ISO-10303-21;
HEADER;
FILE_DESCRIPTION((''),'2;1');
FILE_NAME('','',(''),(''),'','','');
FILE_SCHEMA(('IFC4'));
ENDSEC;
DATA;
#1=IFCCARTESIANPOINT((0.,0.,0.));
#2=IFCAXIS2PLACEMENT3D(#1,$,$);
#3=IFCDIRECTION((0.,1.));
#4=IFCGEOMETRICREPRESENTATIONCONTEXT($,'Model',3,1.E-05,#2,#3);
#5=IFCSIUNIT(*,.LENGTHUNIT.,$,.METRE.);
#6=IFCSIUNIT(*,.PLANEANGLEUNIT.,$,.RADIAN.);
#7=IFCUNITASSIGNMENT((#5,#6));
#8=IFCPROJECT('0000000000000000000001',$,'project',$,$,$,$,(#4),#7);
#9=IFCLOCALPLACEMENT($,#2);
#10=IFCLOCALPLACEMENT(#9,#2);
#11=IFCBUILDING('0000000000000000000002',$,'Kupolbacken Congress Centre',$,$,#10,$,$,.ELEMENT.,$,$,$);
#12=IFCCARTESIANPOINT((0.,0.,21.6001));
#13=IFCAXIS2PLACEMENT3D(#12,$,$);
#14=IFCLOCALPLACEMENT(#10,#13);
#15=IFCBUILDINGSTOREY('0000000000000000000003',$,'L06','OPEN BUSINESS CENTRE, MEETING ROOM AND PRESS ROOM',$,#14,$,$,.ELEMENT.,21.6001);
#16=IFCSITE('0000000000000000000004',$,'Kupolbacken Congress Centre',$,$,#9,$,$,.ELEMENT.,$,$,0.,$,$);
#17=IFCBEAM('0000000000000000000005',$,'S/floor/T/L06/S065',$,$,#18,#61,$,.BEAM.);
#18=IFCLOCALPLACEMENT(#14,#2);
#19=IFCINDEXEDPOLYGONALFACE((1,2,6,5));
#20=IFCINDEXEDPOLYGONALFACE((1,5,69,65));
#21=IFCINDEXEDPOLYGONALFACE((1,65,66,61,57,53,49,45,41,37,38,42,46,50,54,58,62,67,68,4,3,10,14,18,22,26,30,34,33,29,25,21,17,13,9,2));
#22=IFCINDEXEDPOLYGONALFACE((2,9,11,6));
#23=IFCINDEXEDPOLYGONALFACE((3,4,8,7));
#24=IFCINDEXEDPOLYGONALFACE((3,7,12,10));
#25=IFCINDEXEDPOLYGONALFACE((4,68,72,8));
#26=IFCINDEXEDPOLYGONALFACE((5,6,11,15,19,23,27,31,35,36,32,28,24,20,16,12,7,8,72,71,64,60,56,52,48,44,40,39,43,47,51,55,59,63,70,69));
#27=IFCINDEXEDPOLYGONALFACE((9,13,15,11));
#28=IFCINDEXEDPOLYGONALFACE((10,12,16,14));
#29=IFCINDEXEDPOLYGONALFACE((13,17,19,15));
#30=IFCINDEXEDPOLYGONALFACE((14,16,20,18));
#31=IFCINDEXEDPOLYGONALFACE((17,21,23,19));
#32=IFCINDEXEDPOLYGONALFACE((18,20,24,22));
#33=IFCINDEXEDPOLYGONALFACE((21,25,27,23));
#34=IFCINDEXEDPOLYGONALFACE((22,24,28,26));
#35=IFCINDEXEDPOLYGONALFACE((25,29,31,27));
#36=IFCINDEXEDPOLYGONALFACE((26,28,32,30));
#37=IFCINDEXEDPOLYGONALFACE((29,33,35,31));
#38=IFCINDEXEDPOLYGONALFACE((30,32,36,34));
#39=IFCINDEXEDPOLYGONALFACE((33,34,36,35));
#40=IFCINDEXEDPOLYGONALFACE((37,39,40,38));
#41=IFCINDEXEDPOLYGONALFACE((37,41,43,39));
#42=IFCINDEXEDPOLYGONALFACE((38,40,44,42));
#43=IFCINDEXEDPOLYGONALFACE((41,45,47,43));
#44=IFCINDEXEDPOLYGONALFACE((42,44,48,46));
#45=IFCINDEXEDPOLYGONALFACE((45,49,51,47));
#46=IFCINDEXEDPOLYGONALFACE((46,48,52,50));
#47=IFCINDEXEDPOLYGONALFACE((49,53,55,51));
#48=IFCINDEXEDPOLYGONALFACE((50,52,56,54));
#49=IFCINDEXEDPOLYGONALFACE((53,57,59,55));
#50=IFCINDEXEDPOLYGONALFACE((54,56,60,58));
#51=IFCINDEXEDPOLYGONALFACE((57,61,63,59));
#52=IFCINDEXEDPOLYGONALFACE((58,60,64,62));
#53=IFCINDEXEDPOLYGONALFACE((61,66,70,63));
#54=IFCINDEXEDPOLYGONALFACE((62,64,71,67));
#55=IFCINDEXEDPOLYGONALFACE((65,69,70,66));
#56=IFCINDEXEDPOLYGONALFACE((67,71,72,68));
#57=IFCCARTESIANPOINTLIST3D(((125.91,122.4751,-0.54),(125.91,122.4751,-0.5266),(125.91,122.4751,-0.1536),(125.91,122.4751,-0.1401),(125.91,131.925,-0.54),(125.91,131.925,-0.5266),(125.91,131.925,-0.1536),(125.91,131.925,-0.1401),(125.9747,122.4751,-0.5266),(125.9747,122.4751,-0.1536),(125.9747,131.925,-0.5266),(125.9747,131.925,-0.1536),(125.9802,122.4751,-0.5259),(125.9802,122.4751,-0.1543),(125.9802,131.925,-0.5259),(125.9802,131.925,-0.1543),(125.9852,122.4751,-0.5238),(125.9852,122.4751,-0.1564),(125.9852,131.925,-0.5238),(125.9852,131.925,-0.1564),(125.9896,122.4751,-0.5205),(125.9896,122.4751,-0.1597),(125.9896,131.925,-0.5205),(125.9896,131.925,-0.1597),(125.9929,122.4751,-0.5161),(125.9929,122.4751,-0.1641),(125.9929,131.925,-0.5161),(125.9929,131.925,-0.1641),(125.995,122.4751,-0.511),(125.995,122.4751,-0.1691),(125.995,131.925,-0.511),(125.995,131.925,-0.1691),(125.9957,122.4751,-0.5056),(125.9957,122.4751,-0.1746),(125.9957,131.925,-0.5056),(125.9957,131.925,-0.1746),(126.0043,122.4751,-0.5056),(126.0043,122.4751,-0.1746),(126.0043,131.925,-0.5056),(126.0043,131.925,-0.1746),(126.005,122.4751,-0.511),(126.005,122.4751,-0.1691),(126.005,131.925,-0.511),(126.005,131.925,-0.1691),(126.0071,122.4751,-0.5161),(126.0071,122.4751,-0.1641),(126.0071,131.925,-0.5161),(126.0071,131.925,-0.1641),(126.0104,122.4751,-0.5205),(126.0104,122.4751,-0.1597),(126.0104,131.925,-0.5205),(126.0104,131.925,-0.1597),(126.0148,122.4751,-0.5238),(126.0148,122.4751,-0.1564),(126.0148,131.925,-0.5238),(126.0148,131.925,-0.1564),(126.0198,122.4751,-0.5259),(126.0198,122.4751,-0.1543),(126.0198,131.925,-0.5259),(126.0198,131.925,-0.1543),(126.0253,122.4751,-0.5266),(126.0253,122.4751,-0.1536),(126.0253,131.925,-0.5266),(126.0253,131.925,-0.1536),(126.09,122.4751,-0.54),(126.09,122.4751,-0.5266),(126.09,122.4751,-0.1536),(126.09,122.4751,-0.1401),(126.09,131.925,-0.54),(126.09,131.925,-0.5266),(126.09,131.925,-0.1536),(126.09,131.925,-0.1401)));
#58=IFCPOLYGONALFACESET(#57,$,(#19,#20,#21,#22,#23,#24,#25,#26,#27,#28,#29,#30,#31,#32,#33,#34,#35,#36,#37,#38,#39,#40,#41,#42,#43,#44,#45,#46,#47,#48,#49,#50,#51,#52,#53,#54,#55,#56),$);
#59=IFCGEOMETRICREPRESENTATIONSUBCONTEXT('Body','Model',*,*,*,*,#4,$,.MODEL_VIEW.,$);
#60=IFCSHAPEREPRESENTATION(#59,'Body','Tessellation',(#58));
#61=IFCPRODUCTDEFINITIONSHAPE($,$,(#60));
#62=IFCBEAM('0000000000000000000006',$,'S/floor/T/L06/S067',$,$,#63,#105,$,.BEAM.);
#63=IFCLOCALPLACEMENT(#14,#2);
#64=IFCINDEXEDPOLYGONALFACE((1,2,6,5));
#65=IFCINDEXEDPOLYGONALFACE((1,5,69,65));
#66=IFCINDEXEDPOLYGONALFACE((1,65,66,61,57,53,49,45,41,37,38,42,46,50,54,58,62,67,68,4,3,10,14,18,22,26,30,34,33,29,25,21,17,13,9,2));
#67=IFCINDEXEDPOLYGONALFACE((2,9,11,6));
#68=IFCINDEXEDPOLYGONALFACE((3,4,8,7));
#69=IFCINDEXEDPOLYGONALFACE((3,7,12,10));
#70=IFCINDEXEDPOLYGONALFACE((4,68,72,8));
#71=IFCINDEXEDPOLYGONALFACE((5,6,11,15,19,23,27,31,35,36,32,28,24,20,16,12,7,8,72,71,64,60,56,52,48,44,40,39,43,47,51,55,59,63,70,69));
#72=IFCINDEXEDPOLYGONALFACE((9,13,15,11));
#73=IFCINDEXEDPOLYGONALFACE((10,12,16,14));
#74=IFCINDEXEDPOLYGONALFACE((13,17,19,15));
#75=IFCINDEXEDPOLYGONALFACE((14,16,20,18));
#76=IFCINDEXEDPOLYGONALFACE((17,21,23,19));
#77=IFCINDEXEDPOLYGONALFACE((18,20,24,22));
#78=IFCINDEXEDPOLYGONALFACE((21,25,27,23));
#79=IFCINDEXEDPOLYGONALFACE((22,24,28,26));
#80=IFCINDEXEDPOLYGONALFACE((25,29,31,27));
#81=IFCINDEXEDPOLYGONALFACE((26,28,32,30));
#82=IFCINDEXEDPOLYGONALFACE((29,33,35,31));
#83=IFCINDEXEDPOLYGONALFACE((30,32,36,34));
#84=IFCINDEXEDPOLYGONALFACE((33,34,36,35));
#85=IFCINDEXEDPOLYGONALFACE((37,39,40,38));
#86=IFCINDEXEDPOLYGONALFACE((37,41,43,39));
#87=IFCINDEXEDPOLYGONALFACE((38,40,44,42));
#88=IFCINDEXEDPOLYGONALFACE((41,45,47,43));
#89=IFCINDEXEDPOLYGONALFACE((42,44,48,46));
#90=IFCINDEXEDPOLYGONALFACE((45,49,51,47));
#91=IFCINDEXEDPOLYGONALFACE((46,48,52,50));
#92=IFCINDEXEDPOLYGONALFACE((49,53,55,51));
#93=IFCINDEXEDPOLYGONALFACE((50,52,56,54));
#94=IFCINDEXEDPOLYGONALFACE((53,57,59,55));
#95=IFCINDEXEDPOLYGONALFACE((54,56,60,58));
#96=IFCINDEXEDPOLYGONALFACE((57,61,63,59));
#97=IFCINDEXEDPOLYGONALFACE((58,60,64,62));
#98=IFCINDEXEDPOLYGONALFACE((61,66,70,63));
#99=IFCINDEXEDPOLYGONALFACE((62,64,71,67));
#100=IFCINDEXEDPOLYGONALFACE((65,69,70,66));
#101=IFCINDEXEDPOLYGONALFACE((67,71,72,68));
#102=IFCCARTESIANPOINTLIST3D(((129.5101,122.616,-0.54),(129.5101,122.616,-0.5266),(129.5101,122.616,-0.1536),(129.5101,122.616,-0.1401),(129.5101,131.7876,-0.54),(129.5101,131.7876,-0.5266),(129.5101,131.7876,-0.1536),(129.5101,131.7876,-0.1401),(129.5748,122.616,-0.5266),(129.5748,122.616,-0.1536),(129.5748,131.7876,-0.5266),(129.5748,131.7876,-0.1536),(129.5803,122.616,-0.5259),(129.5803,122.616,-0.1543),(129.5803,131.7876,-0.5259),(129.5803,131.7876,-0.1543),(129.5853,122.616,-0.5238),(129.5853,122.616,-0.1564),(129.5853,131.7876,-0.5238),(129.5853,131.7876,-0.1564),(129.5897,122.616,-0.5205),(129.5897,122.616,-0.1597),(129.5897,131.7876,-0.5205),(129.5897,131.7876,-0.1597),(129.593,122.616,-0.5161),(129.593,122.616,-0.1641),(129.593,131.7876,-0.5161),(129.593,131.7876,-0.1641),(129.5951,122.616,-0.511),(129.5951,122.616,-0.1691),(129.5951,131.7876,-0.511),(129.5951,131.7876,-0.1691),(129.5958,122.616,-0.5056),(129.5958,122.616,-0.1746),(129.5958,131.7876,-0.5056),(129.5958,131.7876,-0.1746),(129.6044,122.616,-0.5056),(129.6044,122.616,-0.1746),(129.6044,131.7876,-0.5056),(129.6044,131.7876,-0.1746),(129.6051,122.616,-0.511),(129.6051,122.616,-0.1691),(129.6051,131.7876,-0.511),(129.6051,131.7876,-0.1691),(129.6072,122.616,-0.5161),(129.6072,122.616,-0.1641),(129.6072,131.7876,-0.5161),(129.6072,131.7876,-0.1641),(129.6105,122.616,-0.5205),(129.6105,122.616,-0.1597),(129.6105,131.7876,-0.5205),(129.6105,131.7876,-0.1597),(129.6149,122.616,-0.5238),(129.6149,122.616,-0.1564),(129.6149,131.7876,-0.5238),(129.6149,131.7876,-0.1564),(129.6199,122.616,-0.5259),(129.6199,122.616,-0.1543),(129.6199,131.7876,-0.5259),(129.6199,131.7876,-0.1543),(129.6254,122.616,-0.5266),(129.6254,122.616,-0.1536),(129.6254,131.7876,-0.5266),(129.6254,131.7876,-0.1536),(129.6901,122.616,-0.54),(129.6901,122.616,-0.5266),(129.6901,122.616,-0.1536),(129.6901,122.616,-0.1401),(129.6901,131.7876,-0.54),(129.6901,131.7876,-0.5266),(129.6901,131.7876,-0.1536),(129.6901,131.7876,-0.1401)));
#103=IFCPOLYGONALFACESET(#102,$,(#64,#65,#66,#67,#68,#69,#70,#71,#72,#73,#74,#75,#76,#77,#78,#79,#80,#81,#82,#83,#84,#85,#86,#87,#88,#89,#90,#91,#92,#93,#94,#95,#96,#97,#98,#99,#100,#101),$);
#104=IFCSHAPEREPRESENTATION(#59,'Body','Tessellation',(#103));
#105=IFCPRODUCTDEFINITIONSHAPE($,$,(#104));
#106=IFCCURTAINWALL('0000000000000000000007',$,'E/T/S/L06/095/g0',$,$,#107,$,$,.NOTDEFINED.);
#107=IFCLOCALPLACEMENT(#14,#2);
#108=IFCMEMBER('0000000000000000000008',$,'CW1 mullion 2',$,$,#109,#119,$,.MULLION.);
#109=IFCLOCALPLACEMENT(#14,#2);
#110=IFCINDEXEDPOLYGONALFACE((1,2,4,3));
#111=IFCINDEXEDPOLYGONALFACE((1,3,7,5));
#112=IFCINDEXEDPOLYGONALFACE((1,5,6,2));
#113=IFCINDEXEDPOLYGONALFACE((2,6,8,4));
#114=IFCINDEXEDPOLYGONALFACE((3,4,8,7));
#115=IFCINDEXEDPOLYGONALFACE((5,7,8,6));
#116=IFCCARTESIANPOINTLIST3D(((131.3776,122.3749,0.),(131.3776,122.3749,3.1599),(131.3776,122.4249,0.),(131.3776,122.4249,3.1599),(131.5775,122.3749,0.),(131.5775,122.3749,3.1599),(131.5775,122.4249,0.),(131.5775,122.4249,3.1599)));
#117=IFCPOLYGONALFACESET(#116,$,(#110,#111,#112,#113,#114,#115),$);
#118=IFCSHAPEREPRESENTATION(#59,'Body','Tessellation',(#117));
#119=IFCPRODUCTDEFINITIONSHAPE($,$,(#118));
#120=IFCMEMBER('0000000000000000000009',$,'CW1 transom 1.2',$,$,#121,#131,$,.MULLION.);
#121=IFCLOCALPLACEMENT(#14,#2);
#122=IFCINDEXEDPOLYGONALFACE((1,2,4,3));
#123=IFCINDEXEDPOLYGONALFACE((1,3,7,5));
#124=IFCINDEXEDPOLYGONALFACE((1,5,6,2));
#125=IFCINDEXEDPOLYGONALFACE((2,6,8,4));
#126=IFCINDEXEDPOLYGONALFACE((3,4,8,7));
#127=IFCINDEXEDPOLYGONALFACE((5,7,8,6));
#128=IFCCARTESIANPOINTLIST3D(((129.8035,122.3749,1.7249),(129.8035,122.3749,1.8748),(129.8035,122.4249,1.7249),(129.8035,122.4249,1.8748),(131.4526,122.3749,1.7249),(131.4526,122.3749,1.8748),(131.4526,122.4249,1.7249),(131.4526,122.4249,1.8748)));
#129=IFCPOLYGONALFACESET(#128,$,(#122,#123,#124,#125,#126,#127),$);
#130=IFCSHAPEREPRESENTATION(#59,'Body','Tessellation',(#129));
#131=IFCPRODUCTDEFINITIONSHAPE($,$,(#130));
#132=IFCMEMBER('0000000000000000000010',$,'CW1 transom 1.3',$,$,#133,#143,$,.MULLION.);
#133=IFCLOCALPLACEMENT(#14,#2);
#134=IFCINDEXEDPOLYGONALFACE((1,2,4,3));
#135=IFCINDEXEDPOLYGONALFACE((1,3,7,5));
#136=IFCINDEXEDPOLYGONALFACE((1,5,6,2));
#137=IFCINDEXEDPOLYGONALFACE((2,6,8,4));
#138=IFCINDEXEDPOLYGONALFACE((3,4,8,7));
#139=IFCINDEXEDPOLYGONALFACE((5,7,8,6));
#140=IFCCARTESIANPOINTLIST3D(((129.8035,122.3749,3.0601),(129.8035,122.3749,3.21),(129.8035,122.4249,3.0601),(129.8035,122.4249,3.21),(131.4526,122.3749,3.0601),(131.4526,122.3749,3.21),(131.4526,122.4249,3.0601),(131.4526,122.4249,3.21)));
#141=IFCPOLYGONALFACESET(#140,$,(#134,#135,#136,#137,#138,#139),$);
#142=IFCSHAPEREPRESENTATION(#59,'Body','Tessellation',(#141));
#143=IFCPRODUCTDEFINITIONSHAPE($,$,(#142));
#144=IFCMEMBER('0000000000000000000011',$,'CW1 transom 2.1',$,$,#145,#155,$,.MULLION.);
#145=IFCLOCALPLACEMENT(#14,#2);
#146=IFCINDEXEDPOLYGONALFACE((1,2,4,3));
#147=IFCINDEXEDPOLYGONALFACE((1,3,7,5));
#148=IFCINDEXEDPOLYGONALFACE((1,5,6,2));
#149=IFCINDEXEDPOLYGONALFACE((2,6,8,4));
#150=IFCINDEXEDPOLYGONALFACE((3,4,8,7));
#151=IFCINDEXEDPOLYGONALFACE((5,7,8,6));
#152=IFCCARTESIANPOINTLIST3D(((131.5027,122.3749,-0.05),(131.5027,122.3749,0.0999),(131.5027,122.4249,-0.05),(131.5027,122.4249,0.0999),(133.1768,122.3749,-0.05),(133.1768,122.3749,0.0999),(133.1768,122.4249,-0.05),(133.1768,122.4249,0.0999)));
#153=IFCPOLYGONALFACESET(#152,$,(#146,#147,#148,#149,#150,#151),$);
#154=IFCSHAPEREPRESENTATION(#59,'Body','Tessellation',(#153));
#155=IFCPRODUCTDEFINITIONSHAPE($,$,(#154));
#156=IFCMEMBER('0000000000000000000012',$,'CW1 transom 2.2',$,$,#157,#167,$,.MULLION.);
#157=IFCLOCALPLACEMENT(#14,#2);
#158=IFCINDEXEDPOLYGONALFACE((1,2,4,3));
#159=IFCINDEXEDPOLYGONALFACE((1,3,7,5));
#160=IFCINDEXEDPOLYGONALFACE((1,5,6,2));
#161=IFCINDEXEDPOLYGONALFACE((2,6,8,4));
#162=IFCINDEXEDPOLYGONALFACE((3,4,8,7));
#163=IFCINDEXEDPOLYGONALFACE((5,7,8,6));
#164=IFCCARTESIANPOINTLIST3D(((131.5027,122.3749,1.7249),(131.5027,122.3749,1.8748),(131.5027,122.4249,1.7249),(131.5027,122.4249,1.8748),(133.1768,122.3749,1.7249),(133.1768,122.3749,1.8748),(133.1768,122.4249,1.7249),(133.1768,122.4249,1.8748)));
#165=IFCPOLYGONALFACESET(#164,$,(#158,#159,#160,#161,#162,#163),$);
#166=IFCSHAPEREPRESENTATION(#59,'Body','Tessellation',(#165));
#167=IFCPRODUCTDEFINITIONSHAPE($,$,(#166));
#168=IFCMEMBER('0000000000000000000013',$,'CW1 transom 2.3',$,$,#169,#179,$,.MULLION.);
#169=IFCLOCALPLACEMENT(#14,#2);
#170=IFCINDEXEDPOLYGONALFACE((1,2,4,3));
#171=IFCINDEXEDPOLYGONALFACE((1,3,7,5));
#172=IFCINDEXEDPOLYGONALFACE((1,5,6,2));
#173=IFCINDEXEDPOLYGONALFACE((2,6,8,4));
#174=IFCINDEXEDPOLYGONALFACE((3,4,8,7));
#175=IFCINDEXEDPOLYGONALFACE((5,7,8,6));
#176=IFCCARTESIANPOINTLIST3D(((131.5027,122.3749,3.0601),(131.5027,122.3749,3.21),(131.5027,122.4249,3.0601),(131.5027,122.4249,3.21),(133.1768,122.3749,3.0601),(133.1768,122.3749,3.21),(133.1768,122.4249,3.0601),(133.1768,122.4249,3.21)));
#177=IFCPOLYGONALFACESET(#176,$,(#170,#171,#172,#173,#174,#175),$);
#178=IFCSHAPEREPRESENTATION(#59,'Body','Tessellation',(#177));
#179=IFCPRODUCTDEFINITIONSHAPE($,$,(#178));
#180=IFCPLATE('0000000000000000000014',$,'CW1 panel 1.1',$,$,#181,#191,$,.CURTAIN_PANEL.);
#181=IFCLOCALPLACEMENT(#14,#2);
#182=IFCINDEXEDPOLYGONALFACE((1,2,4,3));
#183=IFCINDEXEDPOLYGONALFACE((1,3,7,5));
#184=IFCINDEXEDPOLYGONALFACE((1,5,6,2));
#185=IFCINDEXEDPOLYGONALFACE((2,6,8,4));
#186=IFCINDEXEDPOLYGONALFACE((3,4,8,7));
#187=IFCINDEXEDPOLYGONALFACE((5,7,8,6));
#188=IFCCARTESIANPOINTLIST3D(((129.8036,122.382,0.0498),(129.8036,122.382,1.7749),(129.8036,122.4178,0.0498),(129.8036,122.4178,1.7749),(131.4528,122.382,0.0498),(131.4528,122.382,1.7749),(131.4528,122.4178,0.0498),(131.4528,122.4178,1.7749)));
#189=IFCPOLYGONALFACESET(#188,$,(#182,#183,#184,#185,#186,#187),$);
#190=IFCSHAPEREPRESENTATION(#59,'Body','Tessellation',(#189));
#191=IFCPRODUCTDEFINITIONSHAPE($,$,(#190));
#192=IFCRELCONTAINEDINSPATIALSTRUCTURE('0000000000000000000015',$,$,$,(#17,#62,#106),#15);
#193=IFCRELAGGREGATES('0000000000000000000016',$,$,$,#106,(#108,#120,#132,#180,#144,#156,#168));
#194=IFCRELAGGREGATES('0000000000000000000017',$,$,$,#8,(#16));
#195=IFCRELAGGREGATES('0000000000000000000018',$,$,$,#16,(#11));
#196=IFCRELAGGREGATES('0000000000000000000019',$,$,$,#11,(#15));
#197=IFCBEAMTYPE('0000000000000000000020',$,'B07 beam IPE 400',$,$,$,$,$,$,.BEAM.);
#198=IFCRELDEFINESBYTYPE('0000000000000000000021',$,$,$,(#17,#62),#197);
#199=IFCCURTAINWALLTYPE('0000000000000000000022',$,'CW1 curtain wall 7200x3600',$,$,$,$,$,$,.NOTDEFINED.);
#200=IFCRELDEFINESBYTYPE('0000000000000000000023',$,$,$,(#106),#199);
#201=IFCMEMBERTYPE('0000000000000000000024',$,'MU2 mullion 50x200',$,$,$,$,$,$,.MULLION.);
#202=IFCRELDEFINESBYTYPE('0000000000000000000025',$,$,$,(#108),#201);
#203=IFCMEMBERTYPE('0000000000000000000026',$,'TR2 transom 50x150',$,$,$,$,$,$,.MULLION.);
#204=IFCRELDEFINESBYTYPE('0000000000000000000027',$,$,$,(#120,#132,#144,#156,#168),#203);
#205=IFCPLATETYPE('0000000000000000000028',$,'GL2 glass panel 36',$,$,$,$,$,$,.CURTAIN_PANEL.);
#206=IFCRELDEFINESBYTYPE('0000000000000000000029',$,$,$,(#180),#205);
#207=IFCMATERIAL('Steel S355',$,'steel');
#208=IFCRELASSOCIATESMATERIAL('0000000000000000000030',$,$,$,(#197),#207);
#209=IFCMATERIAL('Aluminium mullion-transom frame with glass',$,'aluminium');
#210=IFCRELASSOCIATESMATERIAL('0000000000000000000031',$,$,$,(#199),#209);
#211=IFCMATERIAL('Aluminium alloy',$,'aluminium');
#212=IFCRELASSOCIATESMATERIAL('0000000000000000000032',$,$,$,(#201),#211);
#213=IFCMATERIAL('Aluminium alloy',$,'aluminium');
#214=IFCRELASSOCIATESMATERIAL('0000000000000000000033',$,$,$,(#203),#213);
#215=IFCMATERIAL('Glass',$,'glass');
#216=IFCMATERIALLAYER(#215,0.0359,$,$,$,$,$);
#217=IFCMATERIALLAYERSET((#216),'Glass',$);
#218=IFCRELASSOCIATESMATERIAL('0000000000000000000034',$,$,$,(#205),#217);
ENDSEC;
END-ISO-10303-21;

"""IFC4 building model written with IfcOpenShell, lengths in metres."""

from ifc_helpers import new_model, si_unit, direction, frame, origin, origin_2d, place, context, subcontext, project, spatial, rectangle, i_section, extrude, material, layer, layer_set, material_profile, profile_set, type_object, element, aggregate, save


model = new_model("IFC4")

# Units and contexts
model_context = context("Model", 3, precision=1e-05, world=origin(), true_north=direction((0.0, 1.0)))
body_context = subcontext(model_context, "Body", "Model", "MODEL_VIEW")
ifc_project = project(units=[si_unit("LENGTHUNIT", "METRE"), si_unit("PLANEANGLEUNIT", "RADIAN")], contexts=[model_context])

# Site, building, storey
site_placement = place(None, origin())
site = spatial("IfcSite", under=ifc_project, at=site_placement, Name="Kupolbacken Congress Centre", CompositionType="ELEMENT", RefElevation=0.0)
building_placement = place(site_placement, origin())
building = spatial("IfcBuilding", under=site, at=building_placement, Name="Kupolbacken Congress Centre", CompositionType="ELEMENT")
storey_placement = place(building_placement, frame((0.0, 0.0, 21.6001)))
storey = spatial("IfcBuildingStorey", under=building, at=storey_placement, Name="L06", Description="OPEN BUSINESS CENTRE, MEETING ROOM AND PRESS ROOM", CompositionType="ELEMENT", Elevation=21.6001)

# Beams
ifc_material_1 = material(Name="Steel S355", Category="steel")
ifc_material_profile_1 = material_profile(ifc_material_1, i_section(OverallWidth=0.1799, OverallDepth=0.3999, WebThickness=0.0085, FlangeThickness=0.0134, FilletRadius=0.021, at=origin_2d()), Name="IPE 400")
ifc_profile_set_1 = profile_set([ifc_material_profile_1], Name="Steel S355")
beam_type_1 = type_object("IfcBeamType", Name="B07 beam IPE 400", PredefinedType="BEAM", material=ifc_profile_set_1)
beam_1_placement = place(storey_placement, frame((126.0, 122.4751, -0.3401), z_axis=(0.0, 1.0, 0.0), x_axis=(-1.0, 0.0, 0.0)))
element("IfcBeam", 1, at=beam_1_placement, inside=storey, type_object=beam_type_1, Name="S/floor/T/L06/S065", PredefinedType="BEAM", context=body_context, shape_type="SweptSolid", body=[
    extrude(i_section(OverallWidth=0.1799, OverallDepth=0.3999, WebThickness=0.0085, FlangeThickness=0.0134, FilletRadius=0.021, at=origin_2d()), origin(), (0.0, 0.0, 1.0), 9.45),
])
beam_2_placement = place(storey_placement, frame((129.6001, 122.616, -0.3401), z_axis=(0.0, 1.0, 0.0), x_axis=(-1.0, 0.0, 0.0)))
element("IfcBeam", 2, at=beam_2_placement, inside=storey, type_object=beam_type_1, Name="S/floor/T/L06/S067", PredefinedType="BEAM", context=body_context, shape_type="SweptSolid", body=[
    extrude(i_section(OverallWidth=0.1799, OverallDepth=0.3999, WebThickness=0.0085, FlangeThickness=0.0134, FilletRadius=0.021, at=origin_2d()), origin(), (0.0, 0.0, 1.0), 9.1716),
])

# Curtain wall, members, plate
ifc_material_2 = material(Name="Aluminium mullion-transom frame with glass", Category="aluminium")
curtain_wall_type = type_object("IfcCurtainWallType", Name="CW1 curtain wall 7200x3600", PredefinedType="NOTDEFINED", material=ifc_material_2)
curtain_wall_placement = place(storey_placement, origin())
curtain_wall = element("IfcCurtainWall", 3, at=curtain_wall_placement, inside=storey, type_object=curtain_wall_type, Name="E/T/S/L06/095/g0", PredefinedType="NOTDEFINED")
ifc_material_3 = material(Name="Aluminium alloy", Category="aluminium")
ifc_material_profile_2 = material_profile(ifc_material_3, rectangle(XDim=0.05, YDim=0.2, at=origin_2d()), Name="50 x 200")
ifc_profile_set_2 = profile_set([ifc_material_profile_2], Name="Aluminium alloy")
member_type_1 = type_object("IfcMemberType", Name="MU2 mullion 50x200", PredefinedType="MULLION", material=ifc_profile_set_2)
member_1_placement = place(storey_placement, frame((131.4775, 122.3999, 0.0), z_axis=(0.0, 0.0, 1.0), x_axis=(0.0, 1.0, 0.0)))
member_1 = element("IfcMember", 4, at=member_1_placement, type_object=member_type_1, Name="CW1 mullion 2", PredefinedType="MULLION", context=body_context, shape_type="SweptSolid", body=[
    extrude(rectangle(XDim=0.05, YDim=0.2, at=origin_2d()), origin(), (0.0, 0.0, 1.0), 3.1599),
])
ifc_material_4 = material(Name="Aluminium alloy", Category="aluminium")
ifc_material_profile_3 = material_profile(ifc_material_4, rectangle(XDim=0.05, YDim=0.1499, at=origin_2d()), Name="50 x 150")
ifc_profile_set_3 = profile_set([ifc_material_profile_3], Name="Aluminium alloy")
member_type_2 = type_object("IfcMemberType", Name="TR2 transom 50x150", PredefinedType="MULLION", material=ifc_profile_set_3)
member_2_placement = place(storey_placement, frame((129.8035, 122.3999, 1.7998), z_axis=(1.0, 0.0, 0.0), x_axis=(0.0, 1.0, 0.0)))
member_2 = element("IfcMember", 5, at=member_2_placement, type_object=member_type_2, Name="CW1 transom 1.2", PredefinedType="MULLION", context=body_context, shape_type="SweptSolid", body=[
    extrude(rectangle(XDim=0.05, YDim=0.1499, at=origin_2d()), origin(), (0.0, 0.0, 1.0), 1.6492),
])
member_3_placement = place(storey_placement, frame((129.8035, 122.3999, 3.135), z_axis=(1.0, 0.0, 0.0), x_axis=(0.0, 1.0, 0.0)))
member_3 = element("IfcMember", 6, at=member_3_placement, type_object=member_type_2, Name="CW1 transom 1.3", PredefinedType="MULLION", context=body_context, shape_type="SweptSolid", body=[
    extrude(rectangle(XDim=0.05, YDim=0.1499, at=origin_2d()), origin(), (0.0, 0.0, 1.0), 1.6492),
])
member_4_placement = place(storey_placement, frame((131.5027, 122.3999, 0.0249), z_axis=(1.0, 0.0, 0.0), x_axis=(0.0, 1.0, 0.0)))
member_4 = element("IfcMember", 7, at=member_4_placement, type_object=member_type_2, Name="CW1 transom 2.1", PredefinedType="MULLION", context=body_context, shape_type="SweptSolid", body=[
    extrude(rectangle(XDim=0.05, YDim=0.1499, at=origin_2d()), origin(), (0.0, 0.0, 1.0), 1.6741),
])
member_5_placement = place(storey_placement, frame((131.5027, 122.3999, 1.7998), z_axis=(1.0, 0.0, 0.0), x_axis=(0.0, 1.0, 0.0)))
member_5 = element("IfcMember", 8, at=member_5_placement, type_object=member_type_2, Name="CW1 transom 2.2", PredefinedType="MULLION", context=body_context, shape_type="SweptSolid", body=[
    extrude(rectangle(XDim=0.05, YDim=0.1499, at=origin_2d()), origin(), (0.0, 0.0, 1.0), 1.6741),
])
member_6_placement = place(storey_placement, frame((131.5027, 122.3999, 3.135), z_axis=(1.0, 0.0, 0.0), x_axis=(0.0, 1.0, 0.0)))
member_6 = element("IfcMember", 9, at=member_6_placement, type_object=member_type_2, Name="CW1 transom 2.3", PredefinedType="MULLION", context=body_context, shape_type="SweptSolid", body=[
    extrude(rectangle(XDim=0.05, YDim=0.1499, at=origin_2d()), origin(), (0.0, 0.0, 1.0), 1.6741),
])
ifc_material_5 = material(Name="Glass", Category="glass")
ifc_layer_1 = layer(ifc_material_5, 0.0359)
ifc_layer_set_1 = layer_set([ifc_layer_1], Name="Glass")
plate_type = type_object("IfcPlateType", Name="GL2 glass panel 36", PredefinedType="CURTAIN_PANEL", material=ifc_layer_set_1)
plate_1_placement = place(storey_placement, frame((130.6282, 122.3999, 0.0498), z_axis=(0.0, 0.0, 1.0), x_axis=(1.0, 0.0, 0.0)))
plate_1 = element("IfcPlate", 10, at=plate_1_placement, type_object=plate_type, Name="CW1 panel 1.1", PredefinedType="CURTAIN_PANEL", context=body_context, shape_type="SweptSolid", body=[
    extrude(rectangle(XDim=1.6492, YDim=0.0359, at=origin_2d()), origin(), (0.0, 0.0, 1.0), 1.7251),
])
aggregate(curtain_wall, [member_1, member_2, member_3, plate_1, member_4, member_5, member_6])

save(model, "model.ifc")
